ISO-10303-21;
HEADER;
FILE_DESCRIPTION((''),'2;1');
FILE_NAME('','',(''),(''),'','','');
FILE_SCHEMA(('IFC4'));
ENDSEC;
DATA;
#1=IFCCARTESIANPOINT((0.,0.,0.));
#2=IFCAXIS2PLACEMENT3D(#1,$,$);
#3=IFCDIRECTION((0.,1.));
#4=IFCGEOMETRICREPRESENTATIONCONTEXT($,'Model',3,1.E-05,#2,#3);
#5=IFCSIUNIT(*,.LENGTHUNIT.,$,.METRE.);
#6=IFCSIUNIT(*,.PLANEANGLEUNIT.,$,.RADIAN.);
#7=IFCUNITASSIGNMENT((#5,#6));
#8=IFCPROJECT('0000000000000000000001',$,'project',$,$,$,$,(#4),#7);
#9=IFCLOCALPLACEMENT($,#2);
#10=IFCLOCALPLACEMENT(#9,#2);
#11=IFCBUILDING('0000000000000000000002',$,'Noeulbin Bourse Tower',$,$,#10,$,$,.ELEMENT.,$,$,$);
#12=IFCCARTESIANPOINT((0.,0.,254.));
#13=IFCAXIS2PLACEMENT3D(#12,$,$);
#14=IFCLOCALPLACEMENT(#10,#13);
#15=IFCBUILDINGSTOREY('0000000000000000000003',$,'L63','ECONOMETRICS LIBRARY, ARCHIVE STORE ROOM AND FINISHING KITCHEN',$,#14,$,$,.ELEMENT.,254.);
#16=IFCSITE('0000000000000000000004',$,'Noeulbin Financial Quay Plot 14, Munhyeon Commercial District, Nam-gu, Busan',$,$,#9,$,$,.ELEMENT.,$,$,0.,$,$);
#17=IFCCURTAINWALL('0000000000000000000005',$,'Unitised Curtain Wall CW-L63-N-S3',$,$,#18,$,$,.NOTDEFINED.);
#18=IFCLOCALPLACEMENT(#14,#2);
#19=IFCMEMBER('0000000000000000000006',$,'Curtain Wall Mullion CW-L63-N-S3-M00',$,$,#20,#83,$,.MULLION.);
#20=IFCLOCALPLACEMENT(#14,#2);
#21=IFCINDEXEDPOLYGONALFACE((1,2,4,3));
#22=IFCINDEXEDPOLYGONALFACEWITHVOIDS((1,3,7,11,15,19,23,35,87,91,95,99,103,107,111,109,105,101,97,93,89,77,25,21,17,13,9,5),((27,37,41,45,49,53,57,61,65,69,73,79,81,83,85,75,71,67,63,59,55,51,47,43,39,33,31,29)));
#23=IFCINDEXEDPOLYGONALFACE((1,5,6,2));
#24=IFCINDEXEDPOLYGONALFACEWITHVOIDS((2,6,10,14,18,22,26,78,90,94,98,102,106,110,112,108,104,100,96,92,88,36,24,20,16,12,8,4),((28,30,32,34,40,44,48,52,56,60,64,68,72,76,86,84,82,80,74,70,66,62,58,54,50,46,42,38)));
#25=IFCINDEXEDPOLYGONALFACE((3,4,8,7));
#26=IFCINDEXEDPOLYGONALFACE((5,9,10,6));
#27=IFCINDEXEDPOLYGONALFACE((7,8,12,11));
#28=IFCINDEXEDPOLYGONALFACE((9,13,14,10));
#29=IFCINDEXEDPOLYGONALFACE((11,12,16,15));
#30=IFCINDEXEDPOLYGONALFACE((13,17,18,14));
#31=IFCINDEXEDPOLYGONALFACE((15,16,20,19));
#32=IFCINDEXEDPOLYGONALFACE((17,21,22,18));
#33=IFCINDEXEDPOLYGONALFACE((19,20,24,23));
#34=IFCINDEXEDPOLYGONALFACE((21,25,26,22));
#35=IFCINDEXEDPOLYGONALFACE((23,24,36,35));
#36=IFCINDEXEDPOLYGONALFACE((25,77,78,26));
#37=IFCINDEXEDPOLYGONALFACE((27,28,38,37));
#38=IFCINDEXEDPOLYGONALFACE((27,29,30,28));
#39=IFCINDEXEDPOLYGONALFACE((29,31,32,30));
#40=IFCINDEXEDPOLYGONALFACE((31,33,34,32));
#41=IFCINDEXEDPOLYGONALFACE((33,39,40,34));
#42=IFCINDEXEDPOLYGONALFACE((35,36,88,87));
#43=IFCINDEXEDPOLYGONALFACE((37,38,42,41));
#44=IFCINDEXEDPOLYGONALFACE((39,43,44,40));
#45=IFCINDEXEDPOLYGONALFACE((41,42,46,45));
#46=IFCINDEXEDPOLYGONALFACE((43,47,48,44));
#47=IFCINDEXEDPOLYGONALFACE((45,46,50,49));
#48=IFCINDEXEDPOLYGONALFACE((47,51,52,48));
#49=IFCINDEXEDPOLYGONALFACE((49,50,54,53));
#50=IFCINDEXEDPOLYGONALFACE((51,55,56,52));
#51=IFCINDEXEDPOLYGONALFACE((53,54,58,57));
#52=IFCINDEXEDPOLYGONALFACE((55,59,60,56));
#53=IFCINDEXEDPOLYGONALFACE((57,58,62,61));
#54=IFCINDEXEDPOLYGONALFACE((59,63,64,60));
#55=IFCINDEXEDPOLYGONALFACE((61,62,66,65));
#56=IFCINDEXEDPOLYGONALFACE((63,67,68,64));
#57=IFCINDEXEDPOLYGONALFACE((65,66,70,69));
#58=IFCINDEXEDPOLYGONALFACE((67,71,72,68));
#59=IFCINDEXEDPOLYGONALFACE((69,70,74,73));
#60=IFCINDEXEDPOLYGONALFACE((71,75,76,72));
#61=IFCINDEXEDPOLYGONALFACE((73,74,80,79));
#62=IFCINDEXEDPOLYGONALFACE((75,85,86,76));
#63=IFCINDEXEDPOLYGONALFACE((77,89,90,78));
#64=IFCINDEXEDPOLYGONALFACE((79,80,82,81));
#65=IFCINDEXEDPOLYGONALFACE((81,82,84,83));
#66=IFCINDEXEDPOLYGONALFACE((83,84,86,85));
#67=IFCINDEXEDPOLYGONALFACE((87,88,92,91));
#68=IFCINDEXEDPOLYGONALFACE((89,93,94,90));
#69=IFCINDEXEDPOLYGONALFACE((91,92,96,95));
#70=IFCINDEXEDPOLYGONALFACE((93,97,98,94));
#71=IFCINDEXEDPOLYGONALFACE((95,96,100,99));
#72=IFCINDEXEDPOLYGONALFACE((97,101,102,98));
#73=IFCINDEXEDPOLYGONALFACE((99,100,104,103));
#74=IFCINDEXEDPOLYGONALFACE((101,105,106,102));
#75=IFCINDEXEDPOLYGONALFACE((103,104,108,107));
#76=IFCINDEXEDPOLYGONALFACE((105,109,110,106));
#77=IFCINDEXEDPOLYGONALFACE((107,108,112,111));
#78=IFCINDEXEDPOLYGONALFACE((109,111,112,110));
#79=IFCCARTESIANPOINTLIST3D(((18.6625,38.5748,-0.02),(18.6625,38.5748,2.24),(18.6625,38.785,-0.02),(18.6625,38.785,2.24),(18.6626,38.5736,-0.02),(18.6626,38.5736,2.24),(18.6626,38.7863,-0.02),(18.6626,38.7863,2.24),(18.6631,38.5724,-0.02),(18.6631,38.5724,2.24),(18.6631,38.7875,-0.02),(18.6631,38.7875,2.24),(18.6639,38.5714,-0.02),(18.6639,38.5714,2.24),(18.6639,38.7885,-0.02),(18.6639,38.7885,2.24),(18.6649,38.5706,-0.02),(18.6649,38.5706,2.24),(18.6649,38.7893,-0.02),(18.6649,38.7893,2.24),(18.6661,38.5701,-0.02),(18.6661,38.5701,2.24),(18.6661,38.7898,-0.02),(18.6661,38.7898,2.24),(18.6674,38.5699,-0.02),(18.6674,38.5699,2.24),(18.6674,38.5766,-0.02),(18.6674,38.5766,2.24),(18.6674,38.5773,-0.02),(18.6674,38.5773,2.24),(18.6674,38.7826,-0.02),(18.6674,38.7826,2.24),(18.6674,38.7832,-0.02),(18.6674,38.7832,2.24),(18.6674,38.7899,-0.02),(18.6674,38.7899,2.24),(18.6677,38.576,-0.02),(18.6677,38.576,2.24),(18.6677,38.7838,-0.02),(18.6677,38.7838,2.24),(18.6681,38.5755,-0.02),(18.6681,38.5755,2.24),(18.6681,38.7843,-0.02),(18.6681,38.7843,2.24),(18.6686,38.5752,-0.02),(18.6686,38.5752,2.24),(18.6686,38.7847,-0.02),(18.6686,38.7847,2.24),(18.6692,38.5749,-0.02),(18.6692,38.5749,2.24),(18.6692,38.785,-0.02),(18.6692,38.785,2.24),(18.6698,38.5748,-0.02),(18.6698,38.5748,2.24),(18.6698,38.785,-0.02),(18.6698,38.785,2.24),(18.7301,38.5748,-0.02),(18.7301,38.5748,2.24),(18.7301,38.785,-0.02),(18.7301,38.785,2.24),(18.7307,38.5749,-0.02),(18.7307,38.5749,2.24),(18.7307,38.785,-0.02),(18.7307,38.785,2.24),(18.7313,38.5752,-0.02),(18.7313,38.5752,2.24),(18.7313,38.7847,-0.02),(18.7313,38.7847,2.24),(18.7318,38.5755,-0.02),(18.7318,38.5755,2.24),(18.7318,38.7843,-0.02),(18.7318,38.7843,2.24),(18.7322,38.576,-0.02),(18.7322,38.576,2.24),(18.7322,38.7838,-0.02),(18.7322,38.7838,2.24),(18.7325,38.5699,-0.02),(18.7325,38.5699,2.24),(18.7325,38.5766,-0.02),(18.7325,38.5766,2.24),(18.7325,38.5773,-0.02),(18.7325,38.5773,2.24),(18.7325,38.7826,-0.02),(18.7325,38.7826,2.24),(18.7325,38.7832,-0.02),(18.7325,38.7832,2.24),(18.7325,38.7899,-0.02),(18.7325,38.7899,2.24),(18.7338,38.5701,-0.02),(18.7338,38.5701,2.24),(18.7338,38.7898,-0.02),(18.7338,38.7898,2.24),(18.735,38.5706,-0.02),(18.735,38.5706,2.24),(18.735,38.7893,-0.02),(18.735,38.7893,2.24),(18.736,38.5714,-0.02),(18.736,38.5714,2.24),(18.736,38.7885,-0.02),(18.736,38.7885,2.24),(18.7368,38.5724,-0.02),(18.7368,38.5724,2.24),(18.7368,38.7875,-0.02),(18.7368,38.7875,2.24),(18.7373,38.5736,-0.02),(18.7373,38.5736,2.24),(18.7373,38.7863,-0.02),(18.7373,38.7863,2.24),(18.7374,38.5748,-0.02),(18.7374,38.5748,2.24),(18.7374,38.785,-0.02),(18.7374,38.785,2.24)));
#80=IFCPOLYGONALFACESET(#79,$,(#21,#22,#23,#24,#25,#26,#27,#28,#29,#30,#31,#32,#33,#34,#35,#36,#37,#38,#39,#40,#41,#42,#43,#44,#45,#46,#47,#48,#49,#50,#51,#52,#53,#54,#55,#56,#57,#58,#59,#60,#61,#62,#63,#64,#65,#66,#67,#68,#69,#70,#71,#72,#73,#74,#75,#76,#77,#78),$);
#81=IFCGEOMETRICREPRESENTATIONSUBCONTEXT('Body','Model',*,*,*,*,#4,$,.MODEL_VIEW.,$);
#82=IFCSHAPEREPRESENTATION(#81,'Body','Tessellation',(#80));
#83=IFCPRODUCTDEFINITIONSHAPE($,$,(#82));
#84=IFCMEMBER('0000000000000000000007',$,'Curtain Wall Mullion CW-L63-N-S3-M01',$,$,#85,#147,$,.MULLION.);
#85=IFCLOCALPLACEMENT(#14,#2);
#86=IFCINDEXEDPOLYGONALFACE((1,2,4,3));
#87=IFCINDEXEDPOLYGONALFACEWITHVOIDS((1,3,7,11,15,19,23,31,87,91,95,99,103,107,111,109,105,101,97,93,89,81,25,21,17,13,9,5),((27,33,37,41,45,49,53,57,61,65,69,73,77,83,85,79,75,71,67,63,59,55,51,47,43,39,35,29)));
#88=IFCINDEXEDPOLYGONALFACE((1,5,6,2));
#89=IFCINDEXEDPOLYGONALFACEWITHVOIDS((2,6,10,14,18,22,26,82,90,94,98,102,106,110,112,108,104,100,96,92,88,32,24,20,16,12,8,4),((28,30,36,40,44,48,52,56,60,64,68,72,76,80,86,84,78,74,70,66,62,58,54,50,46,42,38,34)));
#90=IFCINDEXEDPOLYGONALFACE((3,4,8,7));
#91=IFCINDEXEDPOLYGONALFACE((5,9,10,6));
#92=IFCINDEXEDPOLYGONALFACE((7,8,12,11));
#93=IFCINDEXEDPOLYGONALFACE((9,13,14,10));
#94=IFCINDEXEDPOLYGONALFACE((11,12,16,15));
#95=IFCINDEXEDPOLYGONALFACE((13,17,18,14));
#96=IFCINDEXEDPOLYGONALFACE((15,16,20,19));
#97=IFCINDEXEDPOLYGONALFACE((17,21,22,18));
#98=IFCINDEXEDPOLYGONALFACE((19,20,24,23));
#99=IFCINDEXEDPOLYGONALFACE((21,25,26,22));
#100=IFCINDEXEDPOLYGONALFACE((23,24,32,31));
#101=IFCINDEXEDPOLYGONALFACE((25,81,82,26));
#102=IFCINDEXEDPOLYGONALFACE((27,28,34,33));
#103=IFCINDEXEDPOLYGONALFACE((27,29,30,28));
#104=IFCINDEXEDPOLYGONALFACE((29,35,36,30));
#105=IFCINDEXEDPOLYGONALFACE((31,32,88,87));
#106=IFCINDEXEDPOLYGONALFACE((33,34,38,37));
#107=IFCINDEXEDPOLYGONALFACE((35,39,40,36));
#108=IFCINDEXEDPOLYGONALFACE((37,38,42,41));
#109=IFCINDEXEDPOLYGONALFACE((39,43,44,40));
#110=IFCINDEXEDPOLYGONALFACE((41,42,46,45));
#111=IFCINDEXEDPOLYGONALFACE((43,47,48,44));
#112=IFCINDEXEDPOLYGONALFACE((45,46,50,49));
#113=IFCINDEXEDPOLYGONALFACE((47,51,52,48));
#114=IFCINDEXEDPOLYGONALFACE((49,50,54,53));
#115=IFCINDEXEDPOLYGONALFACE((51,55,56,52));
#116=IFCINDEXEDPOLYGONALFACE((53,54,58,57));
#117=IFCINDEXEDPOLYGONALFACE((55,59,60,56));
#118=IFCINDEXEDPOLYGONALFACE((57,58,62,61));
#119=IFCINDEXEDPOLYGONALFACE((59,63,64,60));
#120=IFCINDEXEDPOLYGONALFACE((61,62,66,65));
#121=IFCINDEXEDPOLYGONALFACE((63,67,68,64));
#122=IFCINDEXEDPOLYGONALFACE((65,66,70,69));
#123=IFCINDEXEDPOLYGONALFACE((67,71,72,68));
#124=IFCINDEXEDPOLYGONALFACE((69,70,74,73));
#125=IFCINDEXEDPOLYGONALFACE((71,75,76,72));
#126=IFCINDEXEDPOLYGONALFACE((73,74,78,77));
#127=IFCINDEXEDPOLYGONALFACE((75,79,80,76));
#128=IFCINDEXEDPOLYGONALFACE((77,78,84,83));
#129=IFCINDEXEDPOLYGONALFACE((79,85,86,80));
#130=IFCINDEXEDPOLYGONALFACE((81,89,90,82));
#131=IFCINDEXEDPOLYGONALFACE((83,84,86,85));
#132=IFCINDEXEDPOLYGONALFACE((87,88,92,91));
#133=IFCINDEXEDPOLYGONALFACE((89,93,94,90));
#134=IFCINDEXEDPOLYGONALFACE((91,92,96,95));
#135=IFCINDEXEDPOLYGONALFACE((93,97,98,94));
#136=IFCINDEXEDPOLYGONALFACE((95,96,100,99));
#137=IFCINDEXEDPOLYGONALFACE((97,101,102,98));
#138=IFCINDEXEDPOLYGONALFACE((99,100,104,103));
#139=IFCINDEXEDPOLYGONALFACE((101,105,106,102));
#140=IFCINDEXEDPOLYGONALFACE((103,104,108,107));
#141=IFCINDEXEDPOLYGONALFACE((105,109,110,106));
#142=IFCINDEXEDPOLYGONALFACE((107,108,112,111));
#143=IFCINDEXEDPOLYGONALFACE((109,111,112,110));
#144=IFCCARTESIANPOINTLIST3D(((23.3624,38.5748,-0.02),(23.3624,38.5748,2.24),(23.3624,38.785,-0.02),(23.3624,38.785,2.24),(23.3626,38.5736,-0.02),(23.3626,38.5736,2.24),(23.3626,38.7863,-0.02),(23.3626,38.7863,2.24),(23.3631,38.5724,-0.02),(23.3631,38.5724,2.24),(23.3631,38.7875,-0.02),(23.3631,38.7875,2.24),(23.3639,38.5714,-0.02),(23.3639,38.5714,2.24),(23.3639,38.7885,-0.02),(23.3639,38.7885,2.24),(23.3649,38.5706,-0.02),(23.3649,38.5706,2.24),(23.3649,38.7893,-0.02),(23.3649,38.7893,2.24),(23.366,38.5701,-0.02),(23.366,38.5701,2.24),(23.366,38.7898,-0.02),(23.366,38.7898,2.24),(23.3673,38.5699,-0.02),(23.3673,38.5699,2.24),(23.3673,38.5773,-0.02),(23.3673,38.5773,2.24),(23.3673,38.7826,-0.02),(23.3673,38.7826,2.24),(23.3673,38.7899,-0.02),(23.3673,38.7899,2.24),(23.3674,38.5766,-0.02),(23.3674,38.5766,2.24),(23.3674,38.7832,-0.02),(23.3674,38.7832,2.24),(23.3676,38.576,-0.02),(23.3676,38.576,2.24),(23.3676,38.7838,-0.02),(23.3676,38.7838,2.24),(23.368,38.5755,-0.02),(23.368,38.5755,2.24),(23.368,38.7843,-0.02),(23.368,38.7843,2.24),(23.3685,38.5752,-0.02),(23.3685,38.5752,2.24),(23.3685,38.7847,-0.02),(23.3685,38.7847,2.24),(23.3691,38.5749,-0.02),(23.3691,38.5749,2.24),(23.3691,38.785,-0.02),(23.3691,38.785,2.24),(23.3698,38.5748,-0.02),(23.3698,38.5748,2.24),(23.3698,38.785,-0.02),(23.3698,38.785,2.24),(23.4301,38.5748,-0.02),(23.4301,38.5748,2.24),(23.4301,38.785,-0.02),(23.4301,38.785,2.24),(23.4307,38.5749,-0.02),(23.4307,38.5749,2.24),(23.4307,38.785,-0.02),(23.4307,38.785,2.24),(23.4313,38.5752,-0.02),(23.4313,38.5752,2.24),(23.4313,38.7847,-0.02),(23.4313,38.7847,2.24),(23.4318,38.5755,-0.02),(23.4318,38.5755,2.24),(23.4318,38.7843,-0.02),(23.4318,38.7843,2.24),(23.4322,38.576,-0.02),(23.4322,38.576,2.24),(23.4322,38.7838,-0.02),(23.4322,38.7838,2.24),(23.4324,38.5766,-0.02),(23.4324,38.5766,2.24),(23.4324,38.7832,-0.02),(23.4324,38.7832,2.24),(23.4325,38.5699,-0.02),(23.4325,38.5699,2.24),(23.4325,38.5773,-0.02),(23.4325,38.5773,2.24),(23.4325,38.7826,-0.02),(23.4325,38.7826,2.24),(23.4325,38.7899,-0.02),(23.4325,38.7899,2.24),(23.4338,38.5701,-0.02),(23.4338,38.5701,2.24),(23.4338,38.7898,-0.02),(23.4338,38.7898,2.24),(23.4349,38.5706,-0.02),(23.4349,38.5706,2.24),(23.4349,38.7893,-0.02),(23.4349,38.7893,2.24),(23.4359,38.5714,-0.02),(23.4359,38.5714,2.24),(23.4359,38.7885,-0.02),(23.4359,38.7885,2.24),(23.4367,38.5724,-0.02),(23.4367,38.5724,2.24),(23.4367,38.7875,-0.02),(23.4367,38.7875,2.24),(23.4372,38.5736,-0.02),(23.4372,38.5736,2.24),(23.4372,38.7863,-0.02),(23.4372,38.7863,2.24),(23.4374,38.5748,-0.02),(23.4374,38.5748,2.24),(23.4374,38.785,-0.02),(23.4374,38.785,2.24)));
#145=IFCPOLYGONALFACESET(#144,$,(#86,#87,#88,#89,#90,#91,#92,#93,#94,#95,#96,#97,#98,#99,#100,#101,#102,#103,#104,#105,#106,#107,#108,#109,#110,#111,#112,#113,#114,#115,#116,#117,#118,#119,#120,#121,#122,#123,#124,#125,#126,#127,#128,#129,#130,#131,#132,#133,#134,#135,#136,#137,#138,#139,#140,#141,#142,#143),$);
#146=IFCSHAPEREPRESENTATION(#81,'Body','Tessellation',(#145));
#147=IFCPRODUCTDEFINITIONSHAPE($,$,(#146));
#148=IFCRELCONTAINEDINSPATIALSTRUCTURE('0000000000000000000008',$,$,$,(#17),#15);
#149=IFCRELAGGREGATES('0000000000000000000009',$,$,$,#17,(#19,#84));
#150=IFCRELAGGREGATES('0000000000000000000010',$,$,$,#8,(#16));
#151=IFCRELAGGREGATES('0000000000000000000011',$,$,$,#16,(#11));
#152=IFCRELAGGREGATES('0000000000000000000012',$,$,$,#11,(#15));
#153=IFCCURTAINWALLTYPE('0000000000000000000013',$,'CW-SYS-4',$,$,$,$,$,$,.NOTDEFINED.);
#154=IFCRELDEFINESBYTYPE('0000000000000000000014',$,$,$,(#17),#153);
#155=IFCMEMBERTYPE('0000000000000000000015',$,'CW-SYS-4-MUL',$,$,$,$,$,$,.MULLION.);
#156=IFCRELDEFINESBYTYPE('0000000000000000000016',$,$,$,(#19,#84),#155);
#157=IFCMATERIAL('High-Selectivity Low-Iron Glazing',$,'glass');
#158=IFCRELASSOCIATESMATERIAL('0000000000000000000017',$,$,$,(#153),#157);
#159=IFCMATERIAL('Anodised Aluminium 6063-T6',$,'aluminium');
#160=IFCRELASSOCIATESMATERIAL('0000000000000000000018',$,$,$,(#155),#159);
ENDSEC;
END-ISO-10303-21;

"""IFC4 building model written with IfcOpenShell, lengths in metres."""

from ifc_helpers import new_model, si_unit, direction, frame, origin, origin_2d, place, context, subcontext, project, spatial, hollow_rectangle, extrude, material, material_profile, profile_set, type_object, element, aggregate, save


model = new_model("IFC4")

# Units and contexts
model_context = context("Model", 3, precision=1e-05, world=origin(), true_north=direction((0.0, 1.0)))
body_context = subcontext(model_context, "Body", "Model", "MODEL_VIEW")
ifc_project = project(units=[si_unit("LENGTHUNIT", "METRE"), si_unit("PLANEANGLEUNIT", "RADIAN")], contexts=[model_context])

# Site, building, storey
site_placement = place(None, origin())
site = spatial("IfcSite", under=ifc_project, at=site_placement, Name="Noeulbin Financial Quay Plot 14, Munhyeon Commercial District, Nam-gu, Busan", CompositionType="ELEMENT", RefElevation=0.0)
building_placement = place(site_placement, origin())
building = spatial("IfcBuilding", under=site, at=building_placement, Name="Noeulbin Bourse Tower", CompositionType="ELEMENT")
storey_placement = place(building_placement, frame((0.0, 0.0, 254.0)))
storey = spatial("IfcBuildingStorey", under=building, at=storey_placement, Name="L63", Description="ECONOMETRICS LIBRARY, ARCHIVE STORE ROOM AND FINISHING KITCHEN", CompositionType="ELEMENT", Elevation=254.0)

# Shared definitions
ifc_material_1 = material(Name="High-Selectivity Low-Iron Glazing", Category="glass")
curtain_wall_type = type_object("IfcCurtainWallType", Name="CW-SYS-4", PredefinedType="NOTDEFINED", material=ifc_material_1)
ifc_material_2 = material(Name="Anodised Aluminium 6063-T6", Category="aluminium")
ifc_material_profile_1 = material_profile(ifc_material_2, hollow_rectangle(XDim=0.075, YDim=0.22, WallThickness=0.0049, InnerFilletRadius=0.0024, OuterFilletRadius=0.0049, at=origin_2d()), Name="ALU-MULL-75x220x5", Category="LoadBearing")
ifc_profile_set_1 = profile_set([ifc_material_profile_1], Name="Anodised Aluminium 6063-T6")
member_type_1 = type_object("IfcMemberType", Name="CW-SYS-4-MUL", PredefinedType="MULLION", material=ifc_profile_set_1)

# Curtain wall, members
curtain_wall_1_placement = place(storey_placement, origin())
curtain_wall_1 = element("IfcCurtainWall", 1, at=curtain_wall_1_placement, inside=storey, type_object=curtain_wall_type, Name="Unitised Curtain Wall CW-L63-N-S3", PredefinedType="NOTDEFINED")
member_1_placement = place(storey_placement, frame((18.7, 38.6799, -0.02), z_axis=(0.0, 0.0, 1.0), x_axis=(1.0, 0.0, 0.0)))
member_1 = element("IfcMember", 2, at=member_1_placement, type_object=member_type_1, Name="Curtain Wall Mullion CW-L63-N-S3-M00", PredefinedType="MULLION", context=body_context, shape_type="SweptSolid", body=[
    extrude(hollow_rectangle(XDim=0.075, YDim=0.22, WallThickness=0.0049, InnerFilletRadius=0.0024, OuterFilletRadius=0.0049, at=origin_2d()), origin(), (0.0, 0.0, 1.0), 2.26),
])
member_2_placement = place(storey_placement, frame((23.3999, 38.6799, -0.02), z_axis=(0.0, 0.0, 1.0), x_axis=(1.0, 0.0, 0.0)))
member_2 = element("IfcMember", 3, at=member_2_placement, type_object=member_type_1, Name="Curtain Wall Mullion CW-L63-N-S3-M01", PredefinedType="MULLION", context=body_context, shape_type="SweptSolid", body=[
    extrude(hollow_rectangle(XDim=0.075, YDim=0.22, WallThickness=0.0049, InnerFilletRadius=0.0024, OuterFilletRadius=0.0049, at=origin_2d()), origin(), (0.0, 0.0, 1.0), 2.26),
])

aggregate(curtain_wall_1, [member_1, member_2])

save(model, "model.ifc")
